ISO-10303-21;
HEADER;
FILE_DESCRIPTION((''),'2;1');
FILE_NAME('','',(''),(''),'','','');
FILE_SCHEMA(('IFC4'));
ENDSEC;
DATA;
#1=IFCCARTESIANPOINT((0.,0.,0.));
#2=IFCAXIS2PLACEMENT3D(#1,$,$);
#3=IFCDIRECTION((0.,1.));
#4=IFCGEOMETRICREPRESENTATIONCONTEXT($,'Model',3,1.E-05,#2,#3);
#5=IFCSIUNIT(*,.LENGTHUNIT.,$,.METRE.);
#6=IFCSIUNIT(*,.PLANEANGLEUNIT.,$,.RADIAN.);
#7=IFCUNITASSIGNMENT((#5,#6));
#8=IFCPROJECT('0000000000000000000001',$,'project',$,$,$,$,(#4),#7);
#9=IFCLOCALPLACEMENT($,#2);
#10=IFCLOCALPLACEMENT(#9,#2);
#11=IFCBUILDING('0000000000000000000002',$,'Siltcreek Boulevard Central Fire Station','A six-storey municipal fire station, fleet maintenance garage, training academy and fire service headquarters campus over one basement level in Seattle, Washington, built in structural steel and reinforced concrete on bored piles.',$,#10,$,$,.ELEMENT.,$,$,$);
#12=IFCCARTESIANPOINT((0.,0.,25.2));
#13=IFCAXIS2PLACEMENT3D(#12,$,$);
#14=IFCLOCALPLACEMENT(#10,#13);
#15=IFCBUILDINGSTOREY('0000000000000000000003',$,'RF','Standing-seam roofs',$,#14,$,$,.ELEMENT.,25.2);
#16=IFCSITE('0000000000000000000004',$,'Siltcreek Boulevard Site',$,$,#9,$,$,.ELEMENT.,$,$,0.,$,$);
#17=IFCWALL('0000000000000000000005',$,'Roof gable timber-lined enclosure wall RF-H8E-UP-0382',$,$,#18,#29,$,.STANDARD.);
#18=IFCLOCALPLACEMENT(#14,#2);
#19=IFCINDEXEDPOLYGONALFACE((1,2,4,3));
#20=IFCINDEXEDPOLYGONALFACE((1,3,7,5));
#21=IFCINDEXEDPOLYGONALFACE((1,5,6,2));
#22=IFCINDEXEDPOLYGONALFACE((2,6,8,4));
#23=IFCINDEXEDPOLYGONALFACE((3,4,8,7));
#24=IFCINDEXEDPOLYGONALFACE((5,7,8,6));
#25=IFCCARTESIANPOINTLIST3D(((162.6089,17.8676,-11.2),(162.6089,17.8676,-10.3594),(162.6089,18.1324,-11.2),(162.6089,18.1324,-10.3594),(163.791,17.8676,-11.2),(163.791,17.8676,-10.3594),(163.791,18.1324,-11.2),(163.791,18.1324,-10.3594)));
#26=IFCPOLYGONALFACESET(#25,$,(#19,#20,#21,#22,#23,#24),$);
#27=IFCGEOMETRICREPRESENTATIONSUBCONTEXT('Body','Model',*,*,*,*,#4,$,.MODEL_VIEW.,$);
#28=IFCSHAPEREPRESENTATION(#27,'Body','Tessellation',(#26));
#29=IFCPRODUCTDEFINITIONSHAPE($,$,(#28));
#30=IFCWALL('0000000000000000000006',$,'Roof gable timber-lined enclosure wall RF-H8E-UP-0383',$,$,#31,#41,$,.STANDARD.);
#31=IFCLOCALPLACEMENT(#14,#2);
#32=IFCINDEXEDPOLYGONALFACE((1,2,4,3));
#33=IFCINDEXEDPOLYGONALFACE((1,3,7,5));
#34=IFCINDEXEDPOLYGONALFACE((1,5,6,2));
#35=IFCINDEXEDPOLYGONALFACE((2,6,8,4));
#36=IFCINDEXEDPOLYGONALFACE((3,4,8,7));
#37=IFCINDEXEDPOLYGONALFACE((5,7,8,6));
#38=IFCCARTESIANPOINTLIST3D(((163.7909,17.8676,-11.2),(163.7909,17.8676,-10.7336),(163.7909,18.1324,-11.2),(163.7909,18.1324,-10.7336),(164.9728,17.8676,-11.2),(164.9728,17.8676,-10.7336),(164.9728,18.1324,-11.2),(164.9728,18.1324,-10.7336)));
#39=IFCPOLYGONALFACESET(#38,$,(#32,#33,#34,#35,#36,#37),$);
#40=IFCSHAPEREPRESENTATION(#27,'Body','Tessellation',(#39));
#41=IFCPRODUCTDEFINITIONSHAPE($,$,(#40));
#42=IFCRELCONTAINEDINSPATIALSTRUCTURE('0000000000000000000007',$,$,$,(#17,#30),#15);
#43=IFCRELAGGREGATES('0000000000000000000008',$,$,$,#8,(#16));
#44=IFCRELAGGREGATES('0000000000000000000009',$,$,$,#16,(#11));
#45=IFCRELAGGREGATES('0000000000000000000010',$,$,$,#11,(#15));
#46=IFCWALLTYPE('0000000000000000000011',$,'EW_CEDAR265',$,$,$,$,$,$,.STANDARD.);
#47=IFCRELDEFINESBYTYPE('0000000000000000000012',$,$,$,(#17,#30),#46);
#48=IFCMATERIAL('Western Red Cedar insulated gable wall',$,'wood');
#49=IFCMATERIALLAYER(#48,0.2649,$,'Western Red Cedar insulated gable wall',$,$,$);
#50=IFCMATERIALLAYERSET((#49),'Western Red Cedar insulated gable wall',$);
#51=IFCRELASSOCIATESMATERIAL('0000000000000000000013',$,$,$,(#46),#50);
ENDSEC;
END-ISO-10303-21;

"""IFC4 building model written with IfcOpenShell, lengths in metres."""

from ifc_helpers import new_model, si_unit, direction, frame, frame_2d, origin, place, context, subcontext, project, spatial, rectangle, extrude, material, layer, layer_set, type_object, element, save


model = new_model("IFC4")

# Units and contexts
model_context = context("Model", 3, precision=1e-05, world=origin(), true_north=direction((0.0, 1.0)))
body_context = subcontext(model_context, "Body", "Model", "MODEL_VIEW")
ifc_project = project(units=[si_unit("LENGTHUNIT", "METRE"), si_unit("PLANEANGLEUNIT", "RADIAN")], contexts=[model_context])

# Site, building, storey
site_placement = place(None, origin())
site = spatial("IfcSite", under=ifc_project, at=site_placement, Name="Siltcreek Boulevard Site", CompositionType="ELEMENT", RefElevation=0.0)
building_placement = place(site_placement, origin())
building = spatial("IfcBuilding", under=site, at=building_placement, Name="Siltcreek Boulevard Central Fire Station", Description="A six-storey municipal fire station, fleet maintenance garage, training academy and fire service headquarters campus over one basement level in Seattle, Washington, built in structural steel and reinforced concrete on bored piles.", CompositionType="ELEMENT")
storey_placement = place(building_placement, frame((0.0, 0.0, 25.2)))
storey = spatial("IfcBuildingStorey", under=building, at=storey_placement, Name="RF", Description="Standing-seam roofs", CompositionType="ELEMENT", Elevation=25.2)

# Walls
ifc_material_1 = material(Name="Western Red Cedar insulated gable wall", Category="wood")
ifc_layer_1 = layer(ifc_material_1, 0.2649, Name="Western Red Cedar insulated gable wall")
ifc_layer_set_1 = layer_set([ifc_layer_1], Name="Western Red Cedar insulated gable wall")
wall_type = type_object("IfcWallType", Name="EW_CEDAR265", PredefinedType="STANDARD", material=ifc_layer_set_1)
wall_1_placement = place(storey_placement, frame((162.6089, 18.0, -11.2), z_axis=(0.0, 0.0, 1.0), x_axis=(1.0, 0.0, 0.0)))
element("IfcWall", 1, at=wall_1_placement, inside=storey, type_object=wall_type, Name="Roof gable timber-lined enclosure wall RF-H8E-UP-0382", PredefinedType="STANDARD", context=body_context, shape_type="SweptSolid", body=[
    extrude(rectangle(XDim=1.1821, YDim=0.2649, at=frame_2d((0.5911, 0.0))), origin(), (0.0, 0.0, 1.0), 0.8406),
])
wall_2_placement = place(storey_placement, frame((163.791, 18.0, -11.2), z_axis=(0.0, 0.0, 1.0), x_axis=(1.0, 0.0, 0.0)))
element("IfcWall", 2, at=wall_2_placement, inside=storey, type_object=wall_type, Name="Roof gable timber-lined enclosure wall RF-H8E-UP-0383", PredefinedType="STANDARD", context=body_context, shape_type="SweptSolid", body=[
    extrude(rectangle(XDim=1.1819, YDim=0.2649, at=frame_2d((0.5908, 0.0))), origin(), (0.0, 0.0, 1.0), 0.4663),
])

save(model, "model.ifc")
